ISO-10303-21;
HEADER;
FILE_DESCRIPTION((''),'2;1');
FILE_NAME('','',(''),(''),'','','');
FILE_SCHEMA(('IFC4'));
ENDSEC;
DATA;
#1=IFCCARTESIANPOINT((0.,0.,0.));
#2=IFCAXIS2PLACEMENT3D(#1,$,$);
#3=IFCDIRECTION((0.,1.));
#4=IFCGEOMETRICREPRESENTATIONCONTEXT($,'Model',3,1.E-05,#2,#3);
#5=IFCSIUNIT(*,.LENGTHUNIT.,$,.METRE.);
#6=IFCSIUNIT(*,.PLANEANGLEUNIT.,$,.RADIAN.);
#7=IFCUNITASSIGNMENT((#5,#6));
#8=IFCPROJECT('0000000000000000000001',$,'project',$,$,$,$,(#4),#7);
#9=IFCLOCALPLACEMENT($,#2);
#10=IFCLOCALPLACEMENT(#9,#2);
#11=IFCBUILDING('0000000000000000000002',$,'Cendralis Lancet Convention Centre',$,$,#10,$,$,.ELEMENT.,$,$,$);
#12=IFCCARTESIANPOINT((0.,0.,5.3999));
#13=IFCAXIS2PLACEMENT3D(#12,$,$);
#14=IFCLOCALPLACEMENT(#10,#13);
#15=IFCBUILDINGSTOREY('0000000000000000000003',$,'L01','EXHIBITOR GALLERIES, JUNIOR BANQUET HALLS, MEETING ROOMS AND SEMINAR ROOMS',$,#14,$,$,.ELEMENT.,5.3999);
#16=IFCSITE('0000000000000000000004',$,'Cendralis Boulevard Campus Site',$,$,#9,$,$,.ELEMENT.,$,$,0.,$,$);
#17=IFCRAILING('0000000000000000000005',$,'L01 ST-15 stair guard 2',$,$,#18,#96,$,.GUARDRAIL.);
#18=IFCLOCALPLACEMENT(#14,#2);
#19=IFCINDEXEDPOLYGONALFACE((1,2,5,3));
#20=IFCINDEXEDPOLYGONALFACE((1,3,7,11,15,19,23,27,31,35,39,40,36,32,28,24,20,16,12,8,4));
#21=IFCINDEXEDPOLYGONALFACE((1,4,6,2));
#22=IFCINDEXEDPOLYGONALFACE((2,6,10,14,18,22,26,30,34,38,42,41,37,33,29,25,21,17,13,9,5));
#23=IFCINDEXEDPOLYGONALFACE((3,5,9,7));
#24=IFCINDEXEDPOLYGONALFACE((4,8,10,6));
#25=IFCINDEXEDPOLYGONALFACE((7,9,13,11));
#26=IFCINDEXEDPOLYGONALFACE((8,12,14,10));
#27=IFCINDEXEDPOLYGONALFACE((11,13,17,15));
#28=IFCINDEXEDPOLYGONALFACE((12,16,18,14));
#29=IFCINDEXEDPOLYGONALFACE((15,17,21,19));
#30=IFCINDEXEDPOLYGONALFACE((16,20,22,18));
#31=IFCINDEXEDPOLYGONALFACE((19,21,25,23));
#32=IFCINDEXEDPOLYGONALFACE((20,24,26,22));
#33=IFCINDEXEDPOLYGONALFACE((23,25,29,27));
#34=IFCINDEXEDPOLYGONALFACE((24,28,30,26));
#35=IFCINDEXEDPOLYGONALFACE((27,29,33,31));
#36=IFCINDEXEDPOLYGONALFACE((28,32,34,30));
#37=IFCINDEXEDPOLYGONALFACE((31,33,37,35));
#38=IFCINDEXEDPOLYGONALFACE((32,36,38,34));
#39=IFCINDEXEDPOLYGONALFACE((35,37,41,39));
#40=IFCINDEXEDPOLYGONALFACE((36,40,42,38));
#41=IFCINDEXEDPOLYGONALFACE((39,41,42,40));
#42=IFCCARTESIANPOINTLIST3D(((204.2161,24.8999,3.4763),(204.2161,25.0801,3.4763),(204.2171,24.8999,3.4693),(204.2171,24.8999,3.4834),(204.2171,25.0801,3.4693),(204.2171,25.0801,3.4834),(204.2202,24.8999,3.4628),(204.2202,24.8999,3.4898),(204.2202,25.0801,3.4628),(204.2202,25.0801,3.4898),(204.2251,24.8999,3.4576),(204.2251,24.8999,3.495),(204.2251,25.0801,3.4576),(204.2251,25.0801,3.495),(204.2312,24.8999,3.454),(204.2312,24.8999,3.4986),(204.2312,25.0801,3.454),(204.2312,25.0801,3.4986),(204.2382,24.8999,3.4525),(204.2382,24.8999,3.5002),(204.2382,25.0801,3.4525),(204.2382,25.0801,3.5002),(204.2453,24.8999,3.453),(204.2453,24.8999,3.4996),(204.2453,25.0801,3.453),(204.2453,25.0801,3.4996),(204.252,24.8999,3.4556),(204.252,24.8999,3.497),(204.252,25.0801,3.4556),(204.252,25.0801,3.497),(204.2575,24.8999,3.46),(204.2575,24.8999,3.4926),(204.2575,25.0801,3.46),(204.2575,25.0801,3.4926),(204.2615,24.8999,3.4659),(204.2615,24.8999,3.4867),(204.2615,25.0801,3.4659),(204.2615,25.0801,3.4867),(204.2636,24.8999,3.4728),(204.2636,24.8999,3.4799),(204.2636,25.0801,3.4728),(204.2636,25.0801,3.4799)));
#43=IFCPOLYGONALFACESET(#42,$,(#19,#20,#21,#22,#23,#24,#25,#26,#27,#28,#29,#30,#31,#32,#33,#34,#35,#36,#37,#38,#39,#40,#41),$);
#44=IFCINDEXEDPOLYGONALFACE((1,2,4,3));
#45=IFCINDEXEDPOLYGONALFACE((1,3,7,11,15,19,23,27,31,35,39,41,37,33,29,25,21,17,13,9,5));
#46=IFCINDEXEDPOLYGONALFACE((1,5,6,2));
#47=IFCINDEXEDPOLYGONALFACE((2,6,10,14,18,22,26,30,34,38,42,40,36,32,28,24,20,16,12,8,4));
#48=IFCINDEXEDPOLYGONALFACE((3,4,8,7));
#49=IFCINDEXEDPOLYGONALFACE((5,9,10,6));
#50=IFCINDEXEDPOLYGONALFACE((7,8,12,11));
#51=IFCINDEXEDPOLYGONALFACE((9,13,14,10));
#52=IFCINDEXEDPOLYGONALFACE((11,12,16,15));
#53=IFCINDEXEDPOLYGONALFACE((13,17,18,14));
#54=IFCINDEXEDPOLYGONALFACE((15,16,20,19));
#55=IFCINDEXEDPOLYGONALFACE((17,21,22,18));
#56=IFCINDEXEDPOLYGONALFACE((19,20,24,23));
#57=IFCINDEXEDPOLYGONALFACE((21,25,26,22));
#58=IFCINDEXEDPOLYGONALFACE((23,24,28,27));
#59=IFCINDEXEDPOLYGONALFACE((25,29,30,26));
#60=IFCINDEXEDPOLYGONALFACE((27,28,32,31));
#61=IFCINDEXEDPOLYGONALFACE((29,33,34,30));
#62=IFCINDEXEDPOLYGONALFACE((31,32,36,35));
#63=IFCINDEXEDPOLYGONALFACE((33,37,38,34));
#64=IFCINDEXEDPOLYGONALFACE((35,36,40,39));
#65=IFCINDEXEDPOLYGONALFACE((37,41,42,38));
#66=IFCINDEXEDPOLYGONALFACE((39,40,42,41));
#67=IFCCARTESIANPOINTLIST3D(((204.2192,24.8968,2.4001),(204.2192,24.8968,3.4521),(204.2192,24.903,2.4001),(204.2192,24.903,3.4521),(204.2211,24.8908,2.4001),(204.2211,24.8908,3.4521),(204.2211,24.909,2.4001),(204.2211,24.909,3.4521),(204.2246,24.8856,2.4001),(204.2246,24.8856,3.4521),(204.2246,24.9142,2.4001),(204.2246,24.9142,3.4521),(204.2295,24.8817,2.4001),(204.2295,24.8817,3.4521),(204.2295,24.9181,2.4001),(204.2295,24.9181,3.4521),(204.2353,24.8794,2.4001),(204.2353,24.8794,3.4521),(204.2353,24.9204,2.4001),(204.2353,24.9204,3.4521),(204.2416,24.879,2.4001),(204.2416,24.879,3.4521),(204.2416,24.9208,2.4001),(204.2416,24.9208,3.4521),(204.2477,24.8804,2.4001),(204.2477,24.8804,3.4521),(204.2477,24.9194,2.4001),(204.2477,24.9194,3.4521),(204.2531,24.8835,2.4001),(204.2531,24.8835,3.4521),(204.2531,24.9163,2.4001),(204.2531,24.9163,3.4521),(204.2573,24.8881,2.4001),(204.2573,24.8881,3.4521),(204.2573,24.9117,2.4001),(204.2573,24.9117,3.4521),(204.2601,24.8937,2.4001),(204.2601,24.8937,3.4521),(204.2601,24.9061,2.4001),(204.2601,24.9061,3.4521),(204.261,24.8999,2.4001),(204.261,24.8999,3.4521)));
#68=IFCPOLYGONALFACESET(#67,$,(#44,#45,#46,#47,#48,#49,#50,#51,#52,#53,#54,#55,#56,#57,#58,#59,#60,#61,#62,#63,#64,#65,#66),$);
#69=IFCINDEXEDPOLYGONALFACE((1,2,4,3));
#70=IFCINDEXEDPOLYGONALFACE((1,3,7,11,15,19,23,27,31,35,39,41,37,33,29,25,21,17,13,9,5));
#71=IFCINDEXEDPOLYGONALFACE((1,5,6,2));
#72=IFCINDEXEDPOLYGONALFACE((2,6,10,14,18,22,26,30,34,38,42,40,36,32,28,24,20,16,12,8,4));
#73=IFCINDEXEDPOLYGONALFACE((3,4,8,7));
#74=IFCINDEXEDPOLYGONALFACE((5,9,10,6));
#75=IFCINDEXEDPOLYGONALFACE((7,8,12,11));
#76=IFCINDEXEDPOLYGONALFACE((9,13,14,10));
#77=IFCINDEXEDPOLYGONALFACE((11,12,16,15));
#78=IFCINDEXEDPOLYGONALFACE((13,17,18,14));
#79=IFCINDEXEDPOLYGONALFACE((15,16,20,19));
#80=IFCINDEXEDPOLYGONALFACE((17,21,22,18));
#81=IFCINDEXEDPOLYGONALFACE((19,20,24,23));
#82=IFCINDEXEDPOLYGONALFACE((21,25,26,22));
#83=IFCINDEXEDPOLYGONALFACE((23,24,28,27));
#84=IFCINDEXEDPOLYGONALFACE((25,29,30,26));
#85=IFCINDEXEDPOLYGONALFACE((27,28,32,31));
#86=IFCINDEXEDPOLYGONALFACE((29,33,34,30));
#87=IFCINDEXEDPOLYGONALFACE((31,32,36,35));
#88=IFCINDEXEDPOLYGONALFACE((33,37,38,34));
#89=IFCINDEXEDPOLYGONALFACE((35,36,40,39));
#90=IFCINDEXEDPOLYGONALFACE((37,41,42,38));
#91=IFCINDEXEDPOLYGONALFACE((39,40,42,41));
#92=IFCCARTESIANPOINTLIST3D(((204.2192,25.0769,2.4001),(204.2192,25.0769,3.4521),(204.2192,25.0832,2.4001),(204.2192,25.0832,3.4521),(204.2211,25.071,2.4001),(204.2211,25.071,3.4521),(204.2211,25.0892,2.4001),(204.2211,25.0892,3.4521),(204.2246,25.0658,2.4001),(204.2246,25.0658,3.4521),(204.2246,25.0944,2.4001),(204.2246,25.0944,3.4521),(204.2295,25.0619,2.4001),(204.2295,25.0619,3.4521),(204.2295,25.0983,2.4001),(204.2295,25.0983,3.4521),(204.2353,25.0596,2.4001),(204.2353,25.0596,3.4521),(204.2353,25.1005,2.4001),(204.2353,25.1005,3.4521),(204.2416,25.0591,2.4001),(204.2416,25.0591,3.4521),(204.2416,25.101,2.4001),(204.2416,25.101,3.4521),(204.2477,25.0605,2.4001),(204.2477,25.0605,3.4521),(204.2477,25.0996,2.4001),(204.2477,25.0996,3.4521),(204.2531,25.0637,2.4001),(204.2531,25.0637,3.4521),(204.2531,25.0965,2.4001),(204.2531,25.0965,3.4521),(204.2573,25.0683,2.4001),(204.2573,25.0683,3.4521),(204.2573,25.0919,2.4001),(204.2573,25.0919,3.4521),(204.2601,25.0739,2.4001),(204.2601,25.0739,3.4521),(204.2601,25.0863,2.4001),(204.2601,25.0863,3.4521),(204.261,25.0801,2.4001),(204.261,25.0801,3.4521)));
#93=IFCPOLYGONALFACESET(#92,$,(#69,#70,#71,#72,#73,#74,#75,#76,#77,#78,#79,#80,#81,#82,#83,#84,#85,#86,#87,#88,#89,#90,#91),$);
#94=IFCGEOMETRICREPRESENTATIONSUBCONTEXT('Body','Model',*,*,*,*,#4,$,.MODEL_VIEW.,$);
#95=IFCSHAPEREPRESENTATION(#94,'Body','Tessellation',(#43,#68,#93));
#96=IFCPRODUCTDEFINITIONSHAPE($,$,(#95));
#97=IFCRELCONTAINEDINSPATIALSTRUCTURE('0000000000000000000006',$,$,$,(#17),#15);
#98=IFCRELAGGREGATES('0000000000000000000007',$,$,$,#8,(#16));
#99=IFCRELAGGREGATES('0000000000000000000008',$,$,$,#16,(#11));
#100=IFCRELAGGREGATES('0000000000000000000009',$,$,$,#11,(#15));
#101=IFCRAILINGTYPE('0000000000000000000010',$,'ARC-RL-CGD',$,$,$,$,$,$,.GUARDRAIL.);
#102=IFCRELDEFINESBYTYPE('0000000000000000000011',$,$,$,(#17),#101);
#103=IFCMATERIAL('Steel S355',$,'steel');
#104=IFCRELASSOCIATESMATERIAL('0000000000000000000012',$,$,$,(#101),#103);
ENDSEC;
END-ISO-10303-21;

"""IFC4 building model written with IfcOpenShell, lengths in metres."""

from ifc_helpers import new_model, si_unit, direction, frame, origin, origin_2d, place, context, subcontext, project, spatial, circle, extrude, material, type_object, element, save


model = new_model("IFC4")

# Units and contexts
model_context = context("Model", 3, precision=1e-05, world=origin(), true_north=direction((0.0, 1.0)))
body_context = subcontext(model_context, "Body", "Model", "MODEL_VIEW")
ifc_project = project(units=[si_unit("LENGTHUNIT", "METRE"), si_unit("PLANEANGLEUNIT", "RADIAN")], contexts=[model_context])

# Site, building, storey
site_placement = place(None, origin())
site = spatial("IfcSite", under=ifc_project, at=site_placement, Name="Cendralis Boulevard Campus Site", CompositionType="ELEMENT", RefElevation=0.0)
building_placement = place(site_placement, origin())
building = spatial("IfcBuilding", under=site, at=building_placement, Name="Cendralis Lancet Convention Centre", CompositionType="ELEMENT")
storey_placement = place(building_placement, frame((0.0, 0.0, 5.3999)))
storey = spatial("IfcBuildingStorey", under=building, at=storey_placement, Name="L01", Description="EXHIBITOR GALLERIES, JUNIOR BANQUET HALLS, MEETING ROOMS AND SEMINAR ROOMS", CompositionType="ELEMENT", Elevation=5.3999)

# Shared definitions
ifc_material_1 = material(Name="Steel S355", Category="steel")

# Railing
railing_type_1 = type_object("IfcRailingType", Name="ARC-RL-CGD", PredefinedType="GUARDRAIL", material=ifc_material_1)
railing_1_placement = place(storey_placement, frame((204.24, 24.8999, 2.4001)))
element("IfcRailing", 1, at=railing_1_placement, inside=storey, type_object=railing_type_1, Name="L01 ST-15 stair guard 2", PredefinedType="GUARDRAIL", context=body_context, shape_type="SweptSolid", body=[
    extrude(circle(Radius=0.0239, at=origin_2d()), frame((0.0, 0.0, 1.0762), z_axis=(0.0, 1.0, 0.0), x_axis=(-1.0, 0.0, 0.0)), (0.0, 0.0, 1.0), 0.1802),
    extrude(circle(Radius=0.021, at=origin_2d()), origin(), (0.0, 0.0, 1.0), 1.052),
    extrude(circle(Radius=0.021, at=origin_2d()), frame((0.0, 0.1802, 0.0)), (0.0, 0.0, 1.0), 1.052),
])

save(model, "model.ifc")
